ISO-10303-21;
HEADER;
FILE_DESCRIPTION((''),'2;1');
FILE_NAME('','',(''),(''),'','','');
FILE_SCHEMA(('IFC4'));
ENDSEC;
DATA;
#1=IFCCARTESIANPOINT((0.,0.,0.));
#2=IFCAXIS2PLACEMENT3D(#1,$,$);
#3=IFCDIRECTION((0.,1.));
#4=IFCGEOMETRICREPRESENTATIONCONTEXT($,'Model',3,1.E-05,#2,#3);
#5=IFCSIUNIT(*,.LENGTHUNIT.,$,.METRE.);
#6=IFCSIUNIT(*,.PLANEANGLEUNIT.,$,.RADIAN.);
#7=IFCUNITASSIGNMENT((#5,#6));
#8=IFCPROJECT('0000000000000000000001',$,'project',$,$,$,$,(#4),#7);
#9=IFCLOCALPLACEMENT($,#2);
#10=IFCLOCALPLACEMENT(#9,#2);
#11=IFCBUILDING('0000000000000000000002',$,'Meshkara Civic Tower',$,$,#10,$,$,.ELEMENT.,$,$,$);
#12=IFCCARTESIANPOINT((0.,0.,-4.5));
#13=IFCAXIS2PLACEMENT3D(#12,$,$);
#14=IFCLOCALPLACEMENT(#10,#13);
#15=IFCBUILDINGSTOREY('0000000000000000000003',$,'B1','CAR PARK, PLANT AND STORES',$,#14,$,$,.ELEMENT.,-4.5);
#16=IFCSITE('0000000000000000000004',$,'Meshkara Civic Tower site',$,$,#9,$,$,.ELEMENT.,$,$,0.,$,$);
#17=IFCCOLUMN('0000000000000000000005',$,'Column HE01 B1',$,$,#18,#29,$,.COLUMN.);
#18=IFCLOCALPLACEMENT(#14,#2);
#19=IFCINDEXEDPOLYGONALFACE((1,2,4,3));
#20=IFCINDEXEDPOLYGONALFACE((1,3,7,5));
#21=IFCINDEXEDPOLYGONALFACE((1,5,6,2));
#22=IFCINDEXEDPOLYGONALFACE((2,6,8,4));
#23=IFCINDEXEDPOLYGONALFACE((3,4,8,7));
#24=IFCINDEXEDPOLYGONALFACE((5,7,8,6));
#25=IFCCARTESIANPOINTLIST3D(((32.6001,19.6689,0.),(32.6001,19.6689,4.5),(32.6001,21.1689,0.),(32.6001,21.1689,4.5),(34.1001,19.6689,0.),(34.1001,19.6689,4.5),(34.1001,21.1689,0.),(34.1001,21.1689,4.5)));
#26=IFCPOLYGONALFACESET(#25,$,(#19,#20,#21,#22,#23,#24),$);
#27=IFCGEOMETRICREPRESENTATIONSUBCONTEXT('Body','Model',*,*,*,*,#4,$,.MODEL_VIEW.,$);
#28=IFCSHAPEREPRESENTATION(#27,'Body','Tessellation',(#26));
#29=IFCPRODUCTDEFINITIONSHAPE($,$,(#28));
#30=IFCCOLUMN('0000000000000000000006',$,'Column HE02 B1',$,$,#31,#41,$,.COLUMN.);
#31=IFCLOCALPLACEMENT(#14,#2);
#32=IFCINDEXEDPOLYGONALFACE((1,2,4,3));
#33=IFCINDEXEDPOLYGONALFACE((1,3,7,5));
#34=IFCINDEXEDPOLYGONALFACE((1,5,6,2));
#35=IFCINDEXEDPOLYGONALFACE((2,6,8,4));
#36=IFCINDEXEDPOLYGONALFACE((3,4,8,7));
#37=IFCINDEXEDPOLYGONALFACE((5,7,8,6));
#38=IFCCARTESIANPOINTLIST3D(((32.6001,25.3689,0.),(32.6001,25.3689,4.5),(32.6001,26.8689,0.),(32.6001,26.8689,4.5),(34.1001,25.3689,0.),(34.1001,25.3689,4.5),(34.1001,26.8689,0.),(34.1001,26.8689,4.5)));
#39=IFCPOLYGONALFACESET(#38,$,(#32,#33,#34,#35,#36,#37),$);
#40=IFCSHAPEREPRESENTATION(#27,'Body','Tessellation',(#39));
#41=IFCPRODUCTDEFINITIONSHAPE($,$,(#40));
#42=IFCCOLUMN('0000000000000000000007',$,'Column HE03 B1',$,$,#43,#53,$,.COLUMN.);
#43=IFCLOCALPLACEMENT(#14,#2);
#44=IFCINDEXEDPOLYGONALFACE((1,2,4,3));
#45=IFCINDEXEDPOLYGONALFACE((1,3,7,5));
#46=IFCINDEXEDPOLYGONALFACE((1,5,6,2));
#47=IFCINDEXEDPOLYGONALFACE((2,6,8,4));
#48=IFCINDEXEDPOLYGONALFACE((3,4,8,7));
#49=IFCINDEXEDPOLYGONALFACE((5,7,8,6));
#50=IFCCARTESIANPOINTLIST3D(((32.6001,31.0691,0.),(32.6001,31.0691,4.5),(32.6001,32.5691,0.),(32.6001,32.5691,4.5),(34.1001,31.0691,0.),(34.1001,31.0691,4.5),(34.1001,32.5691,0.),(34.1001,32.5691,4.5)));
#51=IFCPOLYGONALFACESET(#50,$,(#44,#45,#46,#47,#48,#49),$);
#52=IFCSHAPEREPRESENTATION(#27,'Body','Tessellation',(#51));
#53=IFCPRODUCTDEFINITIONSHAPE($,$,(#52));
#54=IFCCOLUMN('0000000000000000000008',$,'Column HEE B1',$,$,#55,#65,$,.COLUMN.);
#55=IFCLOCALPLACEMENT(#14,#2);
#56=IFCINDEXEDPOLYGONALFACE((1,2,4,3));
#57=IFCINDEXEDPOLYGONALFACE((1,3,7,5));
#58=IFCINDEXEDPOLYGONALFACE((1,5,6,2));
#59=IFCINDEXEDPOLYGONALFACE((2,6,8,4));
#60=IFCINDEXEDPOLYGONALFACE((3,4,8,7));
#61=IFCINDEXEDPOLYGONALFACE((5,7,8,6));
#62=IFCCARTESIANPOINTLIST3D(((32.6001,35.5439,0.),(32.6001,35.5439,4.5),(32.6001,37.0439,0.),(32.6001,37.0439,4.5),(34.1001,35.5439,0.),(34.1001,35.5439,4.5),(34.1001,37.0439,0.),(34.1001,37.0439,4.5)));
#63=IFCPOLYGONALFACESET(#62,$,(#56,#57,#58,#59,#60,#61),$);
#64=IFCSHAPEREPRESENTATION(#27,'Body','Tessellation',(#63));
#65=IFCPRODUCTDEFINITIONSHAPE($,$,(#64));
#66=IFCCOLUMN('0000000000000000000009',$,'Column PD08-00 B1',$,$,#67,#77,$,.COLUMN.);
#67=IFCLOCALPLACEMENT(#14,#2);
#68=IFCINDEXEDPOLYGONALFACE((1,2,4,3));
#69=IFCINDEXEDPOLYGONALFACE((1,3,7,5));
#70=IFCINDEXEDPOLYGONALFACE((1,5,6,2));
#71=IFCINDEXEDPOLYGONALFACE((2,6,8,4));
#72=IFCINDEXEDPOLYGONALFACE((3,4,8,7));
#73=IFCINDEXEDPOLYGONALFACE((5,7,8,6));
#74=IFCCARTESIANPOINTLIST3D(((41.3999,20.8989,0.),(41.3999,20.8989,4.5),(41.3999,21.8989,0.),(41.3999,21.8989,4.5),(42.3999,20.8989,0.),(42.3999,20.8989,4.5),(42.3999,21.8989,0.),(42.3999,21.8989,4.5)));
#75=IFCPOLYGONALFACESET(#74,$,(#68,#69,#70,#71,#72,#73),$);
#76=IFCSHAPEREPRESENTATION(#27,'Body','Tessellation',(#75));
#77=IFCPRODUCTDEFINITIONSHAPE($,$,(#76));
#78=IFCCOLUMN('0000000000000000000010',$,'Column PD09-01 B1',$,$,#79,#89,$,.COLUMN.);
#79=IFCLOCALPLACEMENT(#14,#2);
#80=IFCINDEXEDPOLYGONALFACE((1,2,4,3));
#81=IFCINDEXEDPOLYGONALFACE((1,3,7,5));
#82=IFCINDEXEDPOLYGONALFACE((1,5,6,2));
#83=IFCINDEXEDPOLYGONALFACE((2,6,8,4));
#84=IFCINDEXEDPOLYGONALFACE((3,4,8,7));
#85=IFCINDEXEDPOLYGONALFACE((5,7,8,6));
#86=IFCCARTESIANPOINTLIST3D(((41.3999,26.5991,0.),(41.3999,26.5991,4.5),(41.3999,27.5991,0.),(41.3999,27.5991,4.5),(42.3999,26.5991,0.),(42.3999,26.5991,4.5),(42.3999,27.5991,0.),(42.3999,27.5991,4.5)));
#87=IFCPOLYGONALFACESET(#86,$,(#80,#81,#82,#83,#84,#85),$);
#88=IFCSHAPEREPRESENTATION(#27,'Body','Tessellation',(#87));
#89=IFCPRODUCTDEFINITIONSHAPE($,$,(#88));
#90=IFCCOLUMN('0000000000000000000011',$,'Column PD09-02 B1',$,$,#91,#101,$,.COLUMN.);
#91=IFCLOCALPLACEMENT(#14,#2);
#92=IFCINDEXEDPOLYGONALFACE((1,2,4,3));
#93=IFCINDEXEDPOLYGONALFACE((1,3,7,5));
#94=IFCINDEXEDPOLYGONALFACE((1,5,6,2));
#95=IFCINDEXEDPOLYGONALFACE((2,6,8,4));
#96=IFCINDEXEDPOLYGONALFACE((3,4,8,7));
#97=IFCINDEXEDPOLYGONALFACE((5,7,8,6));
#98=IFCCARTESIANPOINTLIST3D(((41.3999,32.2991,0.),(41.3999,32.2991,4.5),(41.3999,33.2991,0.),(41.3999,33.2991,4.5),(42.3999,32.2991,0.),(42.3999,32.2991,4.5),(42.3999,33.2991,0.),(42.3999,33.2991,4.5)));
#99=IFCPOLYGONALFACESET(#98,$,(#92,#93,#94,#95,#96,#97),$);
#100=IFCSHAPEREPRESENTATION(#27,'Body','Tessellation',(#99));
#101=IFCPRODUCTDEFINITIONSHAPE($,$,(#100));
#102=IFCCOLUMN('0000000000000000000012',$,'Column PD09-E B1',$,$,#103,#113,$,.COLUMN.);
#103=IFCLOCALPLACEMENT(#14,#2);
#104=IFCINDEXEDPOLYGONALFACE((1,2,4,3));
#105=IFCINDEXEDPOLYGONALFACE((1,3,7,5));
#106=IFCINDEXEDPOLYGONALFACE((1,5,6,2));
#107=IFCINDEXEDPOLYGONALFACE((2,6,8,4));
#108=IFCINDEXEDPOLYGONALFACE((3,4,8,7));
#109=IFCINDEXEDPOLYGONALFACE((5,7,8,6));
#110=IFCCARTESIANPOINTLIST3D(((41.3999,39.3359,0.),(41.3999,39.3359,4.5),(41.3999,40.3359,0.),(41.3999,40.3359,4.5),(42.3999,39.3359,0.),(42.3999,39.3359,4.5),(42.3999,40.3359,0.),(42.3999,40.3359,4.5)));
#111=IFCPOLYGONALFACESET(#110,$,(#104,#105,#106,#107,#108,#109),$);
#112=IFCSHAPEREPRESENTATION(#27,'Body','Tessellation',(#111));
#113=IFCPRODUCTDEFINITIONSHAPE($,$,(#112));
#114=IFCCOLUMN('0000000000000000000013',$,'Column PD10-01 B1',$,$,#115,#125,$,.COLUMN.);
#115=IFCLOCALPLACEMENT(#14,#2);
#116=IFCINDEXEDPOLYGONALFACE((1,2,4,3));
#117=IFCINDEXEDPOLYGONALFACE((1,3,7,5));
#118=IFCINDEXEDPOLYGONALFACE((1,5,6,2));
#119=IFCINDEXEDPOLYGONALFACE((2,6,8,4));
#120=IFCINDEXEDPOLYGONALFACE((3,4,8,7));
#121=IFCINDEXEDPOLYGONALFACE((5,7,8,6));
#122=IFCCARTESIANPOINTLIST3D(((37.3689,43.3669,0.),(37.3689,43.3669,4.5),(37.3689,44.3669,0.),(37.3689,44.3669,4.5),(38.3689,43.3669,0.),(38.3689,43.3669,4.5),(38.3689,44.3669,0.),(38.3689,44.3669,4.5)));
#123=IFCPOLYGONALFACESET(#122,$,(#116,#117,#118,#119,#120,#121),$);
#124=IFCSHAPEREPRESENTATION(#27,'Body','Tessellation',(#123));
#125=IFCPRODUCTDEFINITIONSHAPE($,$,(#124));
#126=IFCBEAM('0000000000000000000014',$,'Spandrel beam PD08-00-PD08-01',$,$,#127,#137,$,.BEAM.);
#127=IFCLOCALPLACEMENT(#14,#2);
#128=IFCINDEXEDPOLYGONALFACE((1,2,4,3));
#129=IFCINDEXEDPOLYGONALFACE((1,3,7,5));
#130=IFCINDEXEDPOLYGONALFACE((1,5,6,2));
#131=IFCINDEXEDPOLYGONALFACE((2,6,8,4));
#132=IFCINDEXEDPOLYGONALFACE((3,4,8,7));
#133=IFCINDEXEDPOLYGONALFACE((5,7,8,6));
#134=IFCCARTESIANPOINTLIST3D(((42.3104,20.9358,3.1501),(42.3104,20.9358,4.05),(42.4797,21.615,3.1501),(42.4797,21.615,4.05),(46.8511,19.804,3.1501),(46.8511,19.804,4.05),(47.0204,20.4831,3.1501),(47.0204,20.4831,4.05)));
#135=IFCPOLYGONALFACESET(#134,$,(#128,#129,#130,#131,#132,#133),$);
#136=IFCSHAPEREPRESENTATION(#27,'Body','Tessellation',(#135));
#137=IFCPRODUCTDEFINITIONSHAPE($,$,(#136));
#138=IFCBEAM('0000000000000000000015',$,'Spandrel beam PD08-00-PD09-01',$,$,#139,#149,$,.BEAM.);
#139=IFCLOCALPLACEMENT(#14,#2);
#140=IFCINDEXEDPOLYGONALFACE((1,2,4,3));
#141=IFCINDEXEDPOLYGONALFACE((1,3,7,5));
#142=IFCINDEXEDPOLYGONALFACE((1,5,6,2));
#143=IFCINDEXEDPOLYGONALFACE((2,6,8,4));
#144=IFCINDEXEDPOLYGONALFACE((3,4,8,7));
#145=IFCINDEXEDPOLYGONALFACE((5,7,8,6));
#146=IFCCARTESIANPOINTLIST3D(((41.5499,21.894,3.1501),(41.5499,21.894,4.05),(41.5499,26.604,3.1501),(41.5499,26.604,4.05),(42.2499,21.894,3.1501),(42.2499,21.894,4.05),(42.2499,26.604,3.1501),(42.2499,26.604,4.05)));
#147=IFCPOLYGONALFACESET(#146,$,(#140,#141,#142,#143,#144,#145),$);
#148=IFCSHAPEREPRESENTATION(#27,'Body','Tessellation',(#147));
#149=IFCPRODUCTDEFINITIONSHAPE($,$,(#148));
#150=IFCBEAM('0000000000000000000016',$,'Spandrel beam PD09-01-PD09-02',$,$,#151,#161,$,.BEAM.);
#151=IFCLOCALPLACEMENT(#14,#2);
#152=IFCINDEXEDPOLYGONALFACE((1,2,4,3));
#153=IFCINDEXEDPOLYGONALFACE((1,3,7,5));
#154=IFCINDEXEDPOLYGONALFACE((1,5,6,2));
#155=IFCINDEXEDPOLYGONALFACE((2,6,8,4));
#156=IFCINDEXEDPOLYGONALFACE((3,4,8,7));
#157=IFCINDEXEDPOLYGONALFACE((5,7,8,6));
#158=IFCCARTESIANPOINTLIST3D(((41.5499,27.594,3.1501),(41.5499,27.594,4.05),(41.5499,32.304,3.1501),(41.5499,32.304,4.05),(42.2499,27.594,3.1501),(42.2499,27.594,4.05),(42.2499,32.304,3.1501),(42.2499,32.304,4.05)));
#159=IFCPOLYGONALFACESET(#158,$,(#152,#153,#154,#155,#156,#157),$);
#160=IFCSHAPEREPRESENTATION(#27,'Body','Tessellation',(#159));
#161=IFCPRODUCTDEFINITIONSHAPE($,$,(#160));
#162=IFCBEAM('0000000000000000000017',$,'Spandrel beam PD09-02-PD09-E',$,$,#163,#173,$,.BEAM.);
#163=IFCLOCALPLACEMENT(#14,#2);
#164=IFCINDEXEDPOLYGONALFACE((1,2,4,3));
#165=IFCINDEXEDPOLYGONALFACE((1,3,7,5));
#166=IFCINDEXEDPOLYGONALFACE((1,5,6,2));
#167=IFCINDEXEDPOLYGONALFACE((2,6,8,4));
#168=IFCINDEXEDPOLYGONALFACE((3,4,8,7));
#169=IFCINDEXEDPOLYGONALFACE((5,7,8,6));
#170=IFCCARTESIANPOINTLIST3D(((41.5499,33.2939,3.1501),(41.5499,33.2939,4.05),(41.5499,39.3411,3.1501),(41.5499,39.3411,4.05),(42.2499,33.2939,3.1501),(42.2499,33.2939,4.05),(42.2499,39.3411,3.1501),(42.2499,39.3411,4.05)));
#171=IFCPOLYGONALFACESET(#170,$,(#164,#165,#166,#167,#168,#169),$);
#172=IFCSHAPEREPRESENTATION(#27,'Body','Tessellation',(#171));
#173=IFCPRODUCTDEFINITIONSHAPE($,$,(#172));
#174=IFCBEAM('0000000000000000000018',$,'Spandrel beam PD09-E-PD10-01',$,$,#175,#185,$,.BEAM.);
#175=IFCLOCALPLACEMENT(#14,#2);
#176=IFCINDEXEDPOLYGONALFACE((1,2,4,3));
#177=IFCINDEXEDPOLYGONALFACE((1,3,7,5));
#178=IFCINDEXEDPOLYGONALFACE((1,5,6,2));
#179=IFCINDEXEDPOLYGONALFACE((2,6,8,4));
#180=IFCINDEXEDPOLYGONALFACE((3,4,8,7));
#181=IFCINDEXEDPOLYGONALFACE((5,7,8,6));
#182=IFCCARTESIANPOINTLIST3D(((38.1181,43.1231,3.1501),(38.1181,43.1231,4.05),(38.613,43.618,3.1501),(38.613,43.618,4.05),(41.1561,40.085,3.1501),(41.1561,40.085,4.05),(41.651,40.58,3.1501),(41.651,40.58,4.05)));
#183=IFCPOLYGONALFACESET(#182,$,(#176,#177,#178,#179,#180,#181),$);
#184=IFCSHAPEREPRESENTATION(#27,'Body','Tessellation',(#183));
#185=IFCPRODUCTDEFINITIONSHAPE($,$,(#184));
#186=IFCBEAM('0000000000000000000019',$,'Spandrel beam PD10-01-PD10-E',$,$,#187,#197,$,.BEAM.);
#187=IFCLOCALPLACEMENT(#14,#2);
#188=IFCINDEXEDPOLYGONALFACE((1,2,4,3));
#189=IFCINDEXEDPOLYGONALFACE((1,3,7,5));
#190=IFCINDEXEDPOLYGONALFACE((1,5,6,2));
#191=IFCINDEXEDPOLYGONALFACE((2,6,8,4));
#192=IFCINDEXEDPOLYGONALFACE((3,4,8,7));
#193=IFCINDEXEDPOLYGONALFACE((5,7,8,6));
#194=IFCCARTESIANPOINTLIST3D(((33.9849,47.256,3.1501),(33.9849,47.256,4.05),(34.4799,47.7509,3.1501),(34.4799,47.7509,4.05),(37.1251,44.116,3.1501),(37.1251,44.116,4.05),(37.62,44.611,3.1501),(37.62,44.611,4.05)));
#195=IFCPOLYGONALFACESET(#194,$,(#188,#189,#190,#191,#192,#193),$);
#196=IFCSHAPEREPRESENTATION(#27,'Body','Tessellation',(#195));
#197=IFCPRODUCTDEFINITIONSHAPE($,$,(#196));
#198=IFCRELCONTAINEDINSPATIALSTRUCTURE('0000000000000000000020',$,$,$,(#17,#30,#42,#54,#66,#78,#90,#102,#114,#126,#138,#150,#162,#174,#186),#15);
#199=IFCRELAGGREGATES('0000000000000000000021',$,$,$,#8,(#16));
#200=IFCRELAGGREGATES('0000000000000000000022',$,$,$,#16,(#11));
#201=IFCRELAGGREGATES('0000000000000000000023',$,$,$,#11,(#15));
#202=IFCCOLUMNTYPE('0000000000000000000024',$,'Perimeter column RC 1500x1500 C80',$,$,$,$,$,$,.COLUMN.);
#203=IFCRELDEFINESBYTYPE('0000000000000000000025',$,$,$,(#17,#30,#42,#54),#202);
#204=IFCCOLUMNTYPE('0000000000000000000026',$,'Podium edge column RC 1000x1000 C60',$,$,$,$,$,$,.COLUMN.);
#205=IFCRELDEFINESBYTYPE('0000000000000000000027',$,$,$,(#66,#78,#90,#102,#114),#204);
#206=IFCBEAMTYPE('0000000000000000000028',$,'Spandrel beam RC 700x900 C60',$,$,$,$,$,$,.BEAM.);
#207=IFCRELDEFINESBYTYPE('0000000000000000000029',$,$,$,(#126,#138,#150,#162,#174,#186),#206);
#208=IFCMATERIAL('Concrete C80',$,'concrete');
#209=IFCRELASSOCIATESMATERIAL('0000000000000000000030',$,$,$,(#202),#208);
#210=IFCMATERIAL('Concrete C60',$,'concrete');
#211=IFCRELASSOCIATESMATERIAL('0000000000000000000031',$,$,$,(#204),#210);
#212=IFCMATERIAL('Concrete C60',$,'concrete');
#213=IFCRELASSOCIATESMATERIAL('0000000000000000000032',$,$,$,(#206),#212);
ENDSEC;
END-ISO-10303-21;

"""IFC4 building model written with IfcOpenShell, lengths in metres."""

from ifc_helpers import new_model, si_unit, direction, frame, origin, origin_2d, place, context, subcontext, project, spatial, rectangle, extrude, material, material_profile, profile_set, type_object, element, save


model = new_model("IFC4")

# Units and contexts
model_context = context("Model", 3, precision=1e-05, world=origin(), true_north=direction((0.0, 1.0)))
body_context = subcontext(model_context, "Body", "Model", "MODEL_VIEW")
ifc_project = project(units=[si_unit("LENGTHUNIT", "METRE"), si_unit("PLANEANGLEUNIT", "RADIAN")], contexts=[model_context])

# Site, building, storey
site_placement = place(None, origin())
site = spatial("IfcSite", under=ifc_project, at=site_placement, Name="Meshkara Civic Tower site", CompositionType="ELEMENT", RefElevation=0.0)
building_placement = place(site_placement, origin())
building = spatial("IfcBuilding", under=site, at=building_placement, Name="Meshkara Civic Tower", CompositionType="ELEMENT")
storey_placement = place(building_placement, frame((0.0, 0.0, -4.5)))
storey = spatial("IfcBuildingStorey", under=building, at=storey_placement, Name="B1", Description="CAR PARK, PLANT AND STORES", CompositionType="ELEMENT", Elevation=-4.5)

# Columns
ifc_material_1 = material(Name="Concrete C80", Category="concrete")
ifc_material_profile_1 = material_profile(ifc_material_1, rectangle(XDim=1.5, YDim=1.5, at=origin_2d()))
ifc_profile_set_1 = profile_set([ifc_material_profile_1], Name="Concrete C80")
column_type_1 = type_object("IfcColumnType", Name="Perimeter column RC 1500x1500 C80", PredefinedType="COLUMN", material=ifc_profile_set_1)
for number, where, z_axis, x_axis, name in (
    (1, (33.3501, 20.4189, 0.0), (0.0, 0.0, 1.0), (1.0, 0.0, 0.0), "Column HE01 B1"),
    (2, (33.3501, 26.1189, 0.0), (0.0, 0.0, 1.0), (1.0, 0.0, 0.0), "Column HE02 B1"),
    (3, (33.3501, 31.8191, 0.0), (0.0, 0.0, 1.0), (1.0, 0.0, 0.0), "Column HE03 B1"),
    (4, (33.3501, 36.2939, 0.0), (0.0, 0.0, 1.0), (1.0, 0.0, 0.0), "Column HEE B1"),
):
    element("IfcColumn", number, at=place(storey_placement, frame(where, z_axis=z_axis, x_axis=x_axis)), inside=storey, type_object=column_type_1, Name=name, PredefinedType="COLUMN", context=body_context, shape_type="SweptSolid", body=[
        extrude(rectangle(XDim=1.5, YDim=1.5, at=origin_2d()), origin(), (0.0, 0.0, 1.0), 4.5),
    ])
ifc_material_2 = material(Name="Concrete C60", Category="concrete")
ifc_material_profile_2 = material_profile(ifc_material_2, rectangle(XDim=1.0, YDim=1.0, at=origin_2d()))
ifc_profile_set_2 = profile_set([ifc_material_profile_2], Name="Concrete C60")
column_type_2 = type_object("IfcColumnType", Name="Podium edge column RC 1000x1000 C60", PredefinedType="COLUMN", material=ifc_profile_set_2)
for number, where, z_axis, x_axis, name in (
    (5, (41.8999, 21.3989, 0.0), (0.0, 0.0, 1.0), (1.0, 0.0, 0.0), "Column PD08-00 B1"),
    (6, (41.8999, 27.0991, 0.0), (0.0, 0.0, 1.0), (1.0, 0.0, 0.0), "Column PD09-01 B1"),
    (7, (41.8999, 32.7991, 0.0), (0.0, 0.0, 1.0), (1.0, 0.0, 0.0), "Column PD09-02 B1"),
    (8, (41.8999, 39.8359, 0.0), (0.0, 0.0, 1.0), (1.0, 0.0, 0.0), "Column PD09-E B1"),
    (9, (37.8689, 43.8669, 0.0), (0.0, 0.0, 1.0), (1.0, 0.0, 0.0), "Column PD10-01 B1"),
):
    element("IfcColumn", number, at=place(storey_placement, frame(where, z_axis=z_axis, x_axis=x_axis)), inside=storey, type_object=column_type_2, Name=name, PredefinedType="COLUMN", context=body_context, shape_type="SweptSolid", body=[
        extrude(rectangle(XDim=1.0, YDim=1.0, at=origin_2d()), origin(), (0.0, 0.0, 1.0), 4.5),
    ])

# Beams
ifc_material_3 = material(Name="Concrete C60", Category="concrete")
ifc_material_profile_3 = material_profile(ifc_material_3, rectangle(XDim=0.7, YDim=0.8999, at=origin_2d()))
ifc_profile_set_3 = profile_set([ifc_material_profile_3], Name="Concrete C60")
beam_type = type_object("IfcBeamType", Name="Spandrel beam RC 700x900 C60", PredefinedType="BEAM", material=ifc_profile_set_3)
beam_1_placement = place(storey_placement, frame((46.9358, 20.1436, 3.6001), z_axis=(-0.970311, 0.24186, 0.0), x_axis=(-0.24186, -0.970311, 0.0)))
element("IfcBeam", 10, at=beam_1_placement, inside=storey, type_object=beam_type, Name="Spandrel beam PD08-00-PD08-01", PredefinedType="BEAM", context=body_context, shape_type="SweptSolid", body=[
    extrude(rectangle(XDim=0.7, YDim=0.8999, at=origin_2d()), origin(), (0.0, 0.0, 1.0), 4.6797),
])
for number, where, z_axis, x_axis, name in (
    (11, (41.8999, 21.894, 3.6001), (0.0, 1.0, 0.0), (-1.0, 0.0, 0.0), "Spandrel beam PD08-00-PD09-01"),
    (12, (41.8999, 27.594, 3.6001), (0.0, 1.0, 0.0), (-1.0, 0.0, 0.0), "Spandrel beam PD09-01-PD09-02"),
):
    element("IfcBeam", number, at=place(storey_placement, frame(where, z_axis=z_axis, x_axis=x_axis)), inside=storey, type_object=beam_type, Name=name, PredefinedType="BEAM", context=body_context, shape_type="SweptSolid", body=[
        extrude(rectangle(XDim=0.7, YDim=0.8999, at=origin_2d()), origin(), (0.0, 0.0, 1.0), 4.71),
    ])
beam_2_placement = place(storey_placement, frame((41.8999, 33.2939, 3.6001), z_axis=(0.0, 1.0, 0.0), x_axis=(-1.0, 0.0, 0.0)))
element("IfcBeam", 13, at=beam_2_placement, inside=storey, type_object=beam_type, Name="Spandrel beam PD09-02-PD09-E", PredefinedType="BEAM", context=body_context, shape_type="SweptSolid", body=[
    extrude(rectangle(XDim=0.7, YDim=0.8999, at=origin_2d()), origin(), (0.0, 0.0, 1.0), 6.0471),
])
beam_3_placement = place(storey_placement, frame((41.4036, 40.3325, 3.6001), z_axis=(-0.707107, 0.707107, 0.0), x_axis=(-0.707107, -0.707107, 0.0)))
element("IfcBeam", 14, at=beam_3_placement, inside=storey, type_object=beam_type, Name="Spandrel beam PD09-E-PD10-01", PredefinedType="BEAM", context=body_context, shape_type="SweptSolid", body=[
    extrude(rectangle(XDim=0.7, YDim=0.8999, at=origin_2d()), origin(), (0.0, 0.0, 1.0), 4.2964),
])
beam_4_placement = place(storey_placement, frame((37.3726, 44.3635, 3.6001), z_axis=(-0.707134, 0.707079, 0.0), x_axis=(-0.707079, -0.707134, 0.0)))
element("IfcBeam", 15, at=beam_4_placement, inside=storey, type_object=beam_type, Name="Spandrel beam PD10-01-PD10-E", PredefinedType="BEAM", context=body_context, shape_type="SweptSolid", body=[
    extrude(rectangle(XDim=0.7, YDim=0.8999, at=origin_2d()), origin(), (0.0, 0.0, 1.0), 4.4407),
])

save(model, "model.ifc")
